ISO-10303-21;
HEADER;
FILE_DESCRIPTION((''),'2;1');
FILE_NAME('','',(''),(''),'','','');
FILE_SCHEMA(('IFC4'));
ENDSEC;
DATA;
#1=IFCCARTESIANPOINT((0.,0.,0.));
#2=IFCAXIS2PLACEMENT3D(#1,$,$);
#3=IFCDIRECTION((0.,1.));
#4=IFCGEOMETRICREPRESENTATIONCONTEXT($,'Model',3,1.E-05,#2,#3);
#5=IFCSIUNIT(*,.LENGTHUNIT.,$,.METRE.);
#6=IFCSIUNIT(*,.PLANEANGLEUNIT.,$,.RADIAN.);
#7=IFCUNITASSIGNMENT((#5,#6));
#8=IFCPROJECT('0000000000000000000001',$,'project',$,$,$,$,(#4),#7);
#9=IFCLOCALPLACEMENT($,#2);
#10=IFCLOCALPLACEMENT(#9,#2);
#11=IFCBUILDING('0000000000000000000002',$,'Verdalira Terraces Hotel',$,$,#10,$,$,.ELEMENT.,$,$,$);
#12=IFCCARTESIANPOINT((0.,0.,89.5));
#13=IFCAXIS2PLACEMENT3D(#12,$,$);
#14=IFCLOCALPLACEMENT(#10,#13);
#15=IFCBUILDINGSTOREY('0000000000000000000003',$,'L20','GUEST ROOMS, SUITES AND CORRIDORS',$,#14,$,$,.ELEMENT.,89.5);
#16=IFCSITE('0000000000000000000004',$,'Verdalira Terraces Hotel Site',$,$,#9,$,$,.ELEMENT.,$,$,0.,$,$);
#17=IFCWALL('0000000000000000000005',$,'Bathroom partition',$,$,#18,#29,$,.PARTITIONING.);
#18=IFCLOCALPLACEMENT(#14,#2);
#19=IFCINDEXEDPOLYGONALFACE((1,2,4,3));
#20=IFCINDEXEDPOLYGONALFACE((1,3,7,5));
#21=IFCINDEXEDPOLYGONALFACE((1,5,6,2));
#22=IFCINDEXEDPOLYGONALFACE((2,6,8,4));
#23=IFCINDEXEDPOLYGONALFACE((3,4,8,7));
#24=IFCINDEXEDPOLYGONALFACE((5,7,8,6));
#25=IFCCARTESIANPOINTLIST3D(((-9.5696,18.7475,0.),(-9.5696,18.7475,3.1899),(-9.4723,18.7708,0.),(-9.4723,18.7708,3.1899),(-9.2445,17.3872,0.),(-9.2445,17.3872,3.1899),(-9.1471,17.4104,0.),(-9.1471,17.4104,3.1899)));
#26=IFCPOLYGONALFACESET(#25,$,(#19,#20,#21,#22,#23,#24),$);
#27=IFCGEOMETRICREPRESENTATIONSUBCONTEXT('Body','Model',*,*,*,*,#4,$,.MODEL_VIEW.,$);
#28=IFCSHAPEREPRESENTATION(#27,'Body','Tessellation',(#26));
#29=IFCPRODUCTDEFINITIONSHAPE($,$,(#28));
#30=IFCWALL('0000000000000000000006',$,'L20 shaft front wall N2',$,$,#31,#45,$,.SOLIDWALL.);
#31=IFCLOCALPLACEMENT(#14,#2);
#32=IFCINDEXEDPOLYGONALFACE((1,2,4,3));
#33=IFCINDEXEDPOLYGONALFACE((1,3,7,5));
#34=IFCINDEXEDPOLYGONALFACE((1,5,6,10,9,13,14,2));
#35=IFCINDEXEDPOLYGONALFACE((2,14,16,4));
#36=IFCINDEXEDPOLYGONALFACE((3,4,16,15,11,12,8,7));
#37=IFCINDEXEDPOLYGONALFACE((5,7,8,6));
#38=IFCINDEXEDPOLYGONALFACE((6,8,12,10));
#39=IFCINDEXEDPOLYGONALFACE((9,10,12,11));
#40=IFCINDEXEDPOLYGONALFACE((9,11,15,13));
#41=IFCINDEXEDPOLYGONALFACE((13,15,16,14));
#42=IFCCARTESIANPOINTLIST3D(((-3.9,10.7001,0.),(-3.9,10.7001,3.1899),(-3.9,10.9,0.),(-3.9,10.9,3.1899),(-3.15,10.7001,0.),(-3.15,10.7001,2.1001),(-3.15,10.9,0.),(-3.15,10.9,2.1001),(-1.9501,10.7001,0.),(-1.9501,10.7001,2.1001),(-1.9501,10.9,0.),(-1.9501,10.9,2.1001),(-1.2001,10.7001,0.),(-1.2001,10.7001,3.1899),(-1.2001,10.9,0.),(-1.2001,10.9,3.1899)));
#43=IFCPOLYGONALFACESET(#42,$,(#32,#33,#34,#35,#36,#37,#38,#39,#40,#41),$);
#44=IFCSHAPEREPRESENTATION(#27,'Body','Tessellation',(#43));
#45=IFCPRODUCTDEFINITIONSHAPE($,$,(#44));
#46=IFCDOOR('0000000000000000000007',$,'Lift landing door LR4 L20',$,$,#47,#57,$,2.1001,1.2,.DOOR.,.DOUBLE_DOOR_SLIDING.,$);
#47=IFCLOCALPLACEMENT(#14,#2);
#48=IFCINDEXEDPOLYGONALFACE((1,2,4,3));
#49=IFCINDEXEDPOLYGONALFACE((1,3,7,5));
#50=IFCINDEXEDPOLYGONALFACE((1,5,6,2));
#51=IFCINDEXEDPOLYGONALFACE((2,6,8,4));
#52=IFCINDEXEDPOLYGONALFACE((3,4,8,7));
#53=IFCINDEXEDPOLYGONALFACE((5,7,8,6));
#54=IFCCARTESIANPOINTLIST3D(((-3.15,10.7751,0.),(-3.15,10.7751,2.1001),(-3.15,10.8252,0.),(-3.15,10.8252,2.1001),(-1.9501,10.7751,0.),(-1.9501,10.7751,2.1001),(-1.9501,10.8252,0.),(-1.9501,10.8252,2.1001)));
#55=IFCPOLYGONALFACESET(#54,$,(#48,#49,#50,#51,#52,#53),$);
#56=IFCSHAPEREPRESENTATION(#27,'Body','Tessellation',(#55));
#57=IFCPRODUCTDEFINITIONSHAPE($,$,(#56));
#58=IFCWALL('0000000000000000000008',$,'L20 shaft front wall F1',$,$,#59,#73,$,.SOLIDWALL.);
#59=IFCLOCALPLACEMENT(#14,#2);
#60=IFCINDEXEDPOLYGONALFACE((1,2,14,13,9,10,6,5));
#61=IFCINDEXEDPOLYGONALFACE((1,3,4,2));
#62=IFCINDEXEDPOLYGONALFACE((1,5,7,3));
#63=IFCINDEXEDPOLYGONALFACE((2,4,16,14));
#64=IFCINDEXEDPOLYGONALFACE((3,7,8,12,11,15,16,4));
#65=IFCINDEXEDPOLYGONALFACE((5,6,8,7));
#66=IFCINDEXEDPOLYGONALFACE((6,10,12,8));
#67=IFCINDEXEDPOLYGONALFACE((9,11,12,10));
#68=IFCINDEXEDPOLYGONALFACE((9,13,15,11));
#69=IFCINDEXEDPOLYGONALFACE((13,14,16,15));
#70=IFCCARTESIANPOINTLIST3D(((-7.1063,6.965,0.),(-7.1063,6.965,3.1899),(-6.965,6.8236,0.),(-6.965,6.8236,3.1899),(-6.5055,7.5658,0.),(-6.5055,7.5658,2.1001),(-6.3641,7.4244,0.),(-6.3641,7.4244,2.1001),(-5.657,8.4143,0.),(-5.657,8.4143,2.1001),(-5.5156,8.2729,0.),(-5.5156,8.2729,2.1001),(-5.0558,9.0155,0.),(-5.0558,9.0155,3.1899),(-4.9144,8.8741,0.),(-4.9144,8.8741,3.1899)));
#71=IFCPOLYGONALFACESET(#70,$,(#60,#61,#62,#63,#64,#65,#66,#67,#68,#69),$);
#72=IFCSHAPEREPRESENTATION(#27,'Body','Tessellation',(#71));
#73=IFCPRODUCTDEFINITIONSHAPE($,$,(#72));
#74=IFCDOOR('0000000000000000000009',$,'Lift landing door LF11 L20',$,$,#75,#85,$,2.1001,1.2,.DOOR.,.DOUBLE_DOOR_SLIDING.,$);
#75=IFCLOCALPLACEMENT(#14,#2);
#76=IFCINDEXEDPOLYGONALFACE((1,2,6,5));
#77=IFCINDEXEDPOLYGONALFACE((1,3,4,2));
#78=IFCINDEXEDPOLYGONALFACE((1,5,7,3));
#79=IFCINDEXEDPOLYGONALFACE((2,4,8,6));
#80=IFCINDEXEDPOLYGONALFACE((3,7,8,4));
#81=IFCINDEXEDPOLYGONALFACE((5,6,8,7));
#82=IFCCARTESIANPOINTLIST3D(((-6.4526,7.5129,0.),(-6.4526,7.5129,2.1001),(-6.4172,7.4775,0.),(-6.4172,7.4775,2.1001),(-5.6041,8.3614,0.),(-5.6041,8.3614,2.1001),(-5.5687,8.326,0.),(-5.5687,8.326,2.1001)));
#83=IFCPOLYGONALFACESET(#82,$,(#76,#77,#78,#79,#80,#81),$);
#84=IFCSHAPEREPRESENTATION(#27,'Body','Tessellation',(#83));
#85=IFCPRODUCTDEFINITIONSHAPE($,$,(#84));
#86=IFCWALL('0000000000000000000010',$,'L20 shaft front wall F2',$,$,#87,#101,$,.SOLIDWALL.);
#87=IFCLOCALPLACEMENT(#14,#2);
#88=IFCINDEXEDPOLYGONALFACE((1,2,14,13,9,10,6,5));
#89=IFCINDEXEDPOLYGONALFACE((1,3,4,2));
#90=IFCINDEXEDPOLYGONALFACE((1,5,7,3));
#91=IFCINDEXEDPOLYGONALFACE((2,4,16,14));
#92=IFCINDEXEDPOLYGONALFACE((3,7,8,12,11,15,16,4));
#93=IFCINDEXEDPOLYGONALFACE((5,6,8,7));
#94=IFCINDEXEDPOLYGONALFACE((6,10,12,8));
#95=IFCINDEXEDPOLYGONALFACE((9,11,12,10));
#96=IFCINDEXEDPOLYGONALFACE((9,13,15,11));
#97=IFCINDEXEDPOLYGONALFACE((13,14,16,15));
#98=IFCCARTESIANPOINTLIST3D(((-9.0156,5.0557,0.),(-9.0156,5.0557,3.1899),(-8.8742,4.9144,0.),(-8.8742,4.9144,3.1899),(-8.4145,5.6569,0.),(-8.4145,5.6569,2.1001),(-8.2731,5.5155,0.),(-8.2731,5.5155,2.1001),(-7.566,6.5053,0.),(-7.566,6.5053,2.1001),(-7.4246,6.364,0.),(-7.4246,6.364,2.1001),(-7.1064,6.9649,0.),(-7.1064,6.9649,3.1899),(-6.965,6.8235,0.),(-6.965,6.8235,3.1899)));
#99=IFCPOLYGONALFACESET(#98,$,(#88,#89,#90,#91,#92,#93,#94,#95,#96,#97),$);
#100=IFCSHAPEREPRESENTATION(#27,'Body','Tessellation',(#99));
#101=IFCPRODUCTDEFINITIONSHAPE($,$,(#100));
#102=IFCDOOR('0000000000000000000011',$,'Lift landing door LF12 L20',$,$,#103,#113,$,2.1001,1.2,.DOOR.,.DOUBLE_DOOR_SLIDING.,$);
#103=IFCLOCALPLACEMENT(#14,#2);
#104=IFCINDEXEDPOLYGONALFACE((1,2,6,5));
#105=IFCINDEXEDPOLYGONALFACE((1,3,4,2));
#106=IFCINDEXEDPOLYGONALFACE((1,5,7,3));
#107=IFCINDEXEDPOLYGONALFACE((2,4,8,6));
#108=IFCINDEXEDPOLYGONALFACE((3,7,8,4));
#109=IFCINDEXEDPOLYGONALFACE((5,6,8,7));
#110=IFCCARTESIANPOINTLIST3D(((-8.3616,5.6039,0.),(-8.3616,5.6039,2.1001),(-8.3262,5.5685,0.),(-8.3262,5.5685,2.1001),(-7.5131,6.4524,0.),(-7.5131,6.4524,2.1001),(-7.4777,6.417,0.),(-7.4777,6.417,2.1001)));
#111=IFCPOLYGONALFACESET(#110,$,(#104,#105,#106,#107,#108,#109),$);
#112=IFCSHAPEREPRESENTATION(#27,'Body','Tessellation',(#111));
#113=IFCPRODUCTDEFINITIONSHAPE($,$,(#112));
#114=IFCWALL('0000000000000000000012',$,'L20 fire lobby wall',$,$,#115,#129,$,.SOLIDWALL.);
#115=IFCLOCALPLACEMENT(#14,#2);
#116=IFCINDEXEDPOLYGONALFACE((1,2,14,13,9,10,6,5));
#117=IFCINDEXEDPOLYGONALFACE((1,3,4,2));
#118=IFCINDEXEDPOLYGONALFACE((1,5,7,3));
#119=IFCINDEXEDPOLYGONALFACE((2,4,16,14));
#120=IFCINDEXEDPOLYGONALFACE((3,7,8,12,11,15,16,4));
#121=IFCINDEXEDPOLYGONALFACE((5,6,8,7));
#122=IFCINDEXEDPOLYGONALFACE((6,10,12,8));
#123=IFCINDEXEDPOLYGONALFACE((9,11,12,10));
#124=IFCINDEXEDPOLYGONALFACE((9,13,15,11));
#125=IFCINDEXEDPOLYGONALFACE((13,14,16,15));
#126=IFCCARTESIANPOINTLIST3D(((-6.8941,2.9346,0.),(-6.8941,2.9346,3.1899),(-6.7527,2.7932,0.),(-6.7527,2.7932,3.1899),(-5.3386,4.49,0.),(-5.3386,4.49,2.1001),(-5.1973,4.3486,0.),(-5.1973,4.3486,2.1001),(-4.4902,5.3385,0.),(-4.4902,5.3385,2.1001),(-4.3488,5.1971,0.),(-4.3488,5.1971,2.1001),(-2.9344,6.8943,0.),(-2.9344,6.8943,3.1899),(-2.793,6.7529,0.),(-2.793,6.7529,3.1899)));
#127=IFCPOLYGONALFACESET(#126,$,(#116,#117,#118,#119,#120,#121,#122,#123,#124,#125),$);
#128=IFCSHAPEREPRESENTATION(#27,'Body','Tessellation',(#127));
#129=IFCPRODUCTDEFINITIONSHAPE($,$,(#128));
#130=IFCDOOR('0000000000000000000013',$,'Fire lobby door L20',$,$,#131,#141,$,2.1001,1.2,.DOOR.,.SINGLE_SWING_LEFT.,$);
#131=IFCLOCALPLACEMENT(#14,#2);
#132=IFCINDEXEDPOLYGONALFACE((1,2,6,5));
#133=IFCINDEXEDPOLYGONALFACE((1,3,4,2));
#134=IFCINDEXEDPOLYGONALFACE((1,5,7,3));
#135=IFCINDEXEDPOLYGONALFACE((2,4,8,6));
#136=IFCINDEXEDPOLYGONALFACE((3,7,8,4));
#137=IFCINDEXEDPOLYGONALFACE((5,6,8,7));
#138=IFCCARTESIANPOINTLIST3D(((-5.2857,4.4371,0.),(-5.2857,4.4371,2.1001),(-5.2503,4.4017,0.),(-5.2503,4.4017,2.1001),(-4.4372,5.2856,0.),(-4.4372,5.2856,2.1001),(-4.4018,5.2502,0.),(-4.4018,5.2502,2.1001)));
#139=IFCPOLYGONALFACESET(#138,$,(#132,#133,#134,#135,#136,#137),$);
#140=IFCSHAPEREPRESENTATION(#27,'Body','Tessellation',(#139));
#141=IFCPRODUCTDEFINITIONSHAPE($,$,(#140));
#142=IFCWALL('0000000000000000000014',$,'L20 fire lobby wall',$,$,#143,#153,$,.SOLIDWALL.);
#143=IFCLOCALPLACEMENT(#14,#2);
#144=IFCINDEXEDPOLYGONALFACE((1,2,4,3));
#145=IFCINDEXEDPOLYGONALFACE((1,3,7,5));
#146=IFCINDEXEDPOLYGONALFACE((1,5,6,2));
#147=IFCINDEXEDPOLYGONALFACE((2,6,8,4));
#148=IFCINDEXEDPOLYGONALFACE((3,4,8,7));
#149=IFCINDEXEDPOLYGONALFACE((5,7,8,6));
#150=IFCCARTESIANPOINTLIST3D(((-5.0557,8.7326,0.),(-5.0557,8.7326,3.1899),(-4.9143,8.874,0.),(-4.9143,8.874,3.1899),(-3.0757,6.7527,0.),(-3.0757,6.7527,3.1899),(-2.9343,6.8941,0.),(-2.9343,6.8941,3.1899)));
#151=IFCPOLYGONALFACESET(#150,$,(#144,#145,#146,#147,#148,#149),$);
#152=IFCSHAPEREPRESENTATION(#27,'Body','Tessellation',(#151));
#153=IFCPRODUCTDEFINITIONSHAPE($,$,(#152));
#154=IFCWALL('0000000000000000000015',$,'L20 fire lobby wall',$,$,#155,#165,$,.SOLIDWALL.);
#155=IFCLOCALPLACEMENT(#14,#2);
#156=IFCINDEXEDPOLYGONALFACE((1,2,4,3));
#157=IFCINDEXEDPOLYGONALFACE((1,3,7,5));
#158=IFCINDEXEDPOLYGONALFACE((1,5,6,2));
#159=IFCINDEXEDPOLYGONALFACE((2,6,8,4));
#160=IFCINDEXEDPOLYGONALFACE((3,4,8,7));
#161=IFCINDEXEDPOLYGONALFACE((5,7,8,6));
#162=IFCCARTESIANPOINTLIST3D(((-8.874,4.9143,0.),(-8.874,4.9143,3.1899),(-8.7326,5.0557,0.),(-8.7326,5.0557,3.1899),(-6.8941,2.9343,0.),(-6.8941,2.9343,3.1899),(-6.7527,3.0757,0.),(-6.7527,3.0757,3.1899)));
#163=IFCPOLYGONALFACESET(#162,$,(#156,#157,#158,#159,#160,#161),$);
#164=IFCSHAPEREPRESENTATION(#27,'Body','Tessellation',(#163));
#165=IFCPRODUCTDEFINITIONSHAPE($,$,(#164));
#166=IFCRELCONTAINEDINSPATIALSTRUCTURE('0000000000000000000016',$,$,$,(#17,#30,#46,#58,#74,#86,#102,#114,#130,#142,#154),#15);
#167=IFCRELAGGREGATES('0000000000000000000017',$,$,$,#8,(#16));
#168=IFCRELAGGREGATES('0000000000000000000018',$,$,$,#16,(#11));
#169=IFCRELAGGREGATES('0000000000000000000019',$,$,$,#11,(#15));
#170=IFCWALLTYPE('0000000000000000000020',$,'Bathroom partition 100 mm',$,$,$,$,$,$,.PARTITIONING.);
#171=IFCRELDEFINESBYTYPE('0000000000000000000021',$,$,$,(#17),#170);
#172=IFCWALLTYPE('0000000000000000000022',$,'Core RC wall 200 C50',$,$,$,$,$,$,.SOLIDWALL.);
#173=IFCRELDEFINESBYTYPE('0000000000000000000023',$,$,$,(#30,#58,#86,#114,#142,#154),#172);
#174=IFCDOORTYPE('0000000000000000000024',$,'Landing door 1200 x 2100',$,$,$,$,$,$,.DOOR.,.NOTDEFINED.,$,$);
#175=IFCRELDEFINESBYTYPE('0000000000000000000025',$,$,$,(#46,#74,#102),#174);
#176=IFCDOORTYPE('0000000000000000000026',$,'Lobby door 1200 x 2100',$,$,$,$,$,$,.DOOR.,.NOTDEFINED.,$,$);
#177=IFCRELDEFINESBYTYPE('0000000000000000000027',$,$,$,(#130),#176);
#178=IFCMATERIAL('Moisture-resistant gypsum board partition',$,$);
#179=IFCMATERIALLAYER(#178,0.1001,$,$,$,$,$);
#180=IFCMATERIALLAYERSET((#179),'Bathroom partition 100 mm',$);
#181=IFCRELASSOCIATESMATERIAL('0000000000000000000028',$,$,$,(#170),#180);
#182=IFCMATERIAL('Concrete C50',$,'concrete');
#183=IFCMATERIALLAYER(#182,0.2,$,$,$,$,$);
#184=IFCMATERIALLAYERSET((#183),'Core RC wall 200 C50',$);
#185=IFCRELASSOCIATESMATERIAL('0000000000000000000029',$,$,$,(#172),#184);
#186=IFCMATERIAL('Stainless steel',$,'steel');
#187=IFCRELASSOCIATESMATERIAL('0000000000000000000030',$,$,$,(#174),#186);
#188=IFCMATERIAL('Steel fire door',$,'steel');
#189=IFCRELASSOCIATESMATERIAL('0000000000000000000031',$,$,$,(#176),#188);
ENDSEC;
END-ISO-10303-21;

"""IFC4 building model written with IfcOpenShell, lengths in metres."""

from ifc_helpers import new_model, si_unit, direction, frame, frame_2d, origin, place, context, subcontext, project, spatial, rectangle, extrude, material, layer, layer_set, type_object, element, fill, save


model = new_model("IFC4")

# Units and contexts
model_context = context("Model", 3, precision=1e-05, world=origin(), true_north=direction((0.0, 1.0)))
body_context = subcontext(model_context, "Body", "Model", "MODEL_VIEW")
ifc_project = project(units=[si_unit("LENGTHUNIT", "METRE"), si_unit("PLANEANGLEUNIT", "RADIAN")], contexts=[model_context])

# Site, building, storey
site_placement = place(None, origin())
site = spatial("IfcSite", under=ifc_project, at=site_placement, Name="Verdalira Terraces Hotel Site", CompositionType="ELEMENT", RefElevation=0.0)
building_placement = place(site_placement, origin())
building = spatial("IfcBuilding", under=site, at=building_placement, Name="Verdalira Terraces Hotel", CompositionType="ELEMENT")
storey_placement = place(building_placement, frame((0.0, 0.0, 89.5)))
storey = spatial("IfcBuildingStorey", under=building, at=storey_placement, Name="L20", Description="GUEST ROOMS, SUITES AND CORRIDORS", CompositionType="ELEMENT", Elevation=89.5)

# Wall
ifc_material_1 = material(Name="Moisture-resistant gypsum board partition")
ifc_layer_1 = layer(ifc_material_1, 0.1001)
ifc_layer_set_1 = layer_set([ifc_layer_1], Name="Bathroom partition 100 mm")
wall_type_1 = type_object("IfcWallType", Name="Bathroom partition 100 mm", PredefinedType="PARTITIONING", material=ifc_layer_set_1)
wall_1_placement = place(storey_placement, frame((-9.1958, 17.3989, 0.0), z_axis=(0.0, 0.0, 1.0), x_axis=(-0.232501, 0.972596, 0.0)))
element("IfcWall", 1, at=wall_1_placement, inside=storey, type_object=wall_type_1, Name="Bathroom partition", PredefinedType="PARTITIONING", context=body_context, shape_type="SweptSolid", body=[
    extrude(rectangle(XDim=1.3987, YDim=0.1001, at=frame_2d((0.6992, 0.0))), origin(), (0.0, 0.0, 1.0), 3.1899),
])

# Walls, openings, doors
ifc_material_2 = material(Name="Concrete C50", Category="concrete")
ifc_layer_2 = layer(ifc_material_2, 0.2)
ifc_layer_set_2 = layer_set([ifc_layer_2], Name="Core RC wall 200 C50")
wall_type_2 = type_object("IfcWallType", Name="Core RC wall 200 C50", PredefinedType="SOLIDWALL", material=ifc_layer_set_2)
wall_2_placement = place(storey_placement, frame((-1.2, 10.8, 0.0), z_axis=(0.0, 0.0, 1.0), x_axis=(-1.0, 0.0, 0.0)))
wall_2 = element("IfcWall", 2, at=wall_2_placement, inside=storey, type_object=wall_type_2, Name="L20 shaft front wall N2", PredefinedType="SOLIDWALL", context=body_context, shape_type="SweptSolid", body=[
    extrude(rectangle(XDim=2.7, YDim=0.2, at=frame_2d((1.3501, 0.0))), origin(), (0.0, 0.0, 1.0), 3.1899),
])
opening_1_placement = place(wall_2_placement, frame((0.75, 0.0, 0.0)))
opening_1 = element("IfcOpeningElement", 3, at=opening_1_placement, cuts=wall_2, PredefinedType="OPENING", context=body_context, shape_type="SweptSolid", body=[
    extrude(rectangle(XDim=1.2, YDim=2.1001, at=frame_2d((0.6001, 1.05))), frame((0.0, 0.1099, 0.0), z_axis=(0.0, -1.0, 0.0), x_axis=(1.0, 0.0, 0.0)), (0.0, 0.0, 1.0), 0.22),
])
ifc_material_3 = material(Name="Stainless steel", Category="steel")
door_type_1 = type_object("IfcDoorType", Name="Landing door 1200 x 2100", OperationType="NOTDEFINED", PredefinedType="DOOR", material=ifc_material_3)
door_1_placement = place(opening_1_placement, origin())
door_1 = element("IfcDoor", 4, at=door_1_placement, inside=storey, type_object=door_type_1, Name="Lift landing door LR4 L20", OperationType="DOUBLE_DOOR_SLIDING", OverallHeight=2.1001, OverallWidth=1.2, PredefinedType="DOOR", context=body_context, shape_type="SweptSolid", body=[
    extrude(rectangle(XDim=1.2, YDim=2.1001, at=frame_2d((0.6001, 1.05))), frame((0.0, 0.0249, 0.0), z_axis=(0.0, -1.0, 0.0), x_axis=(1.0, 0.0, 0.0)), (0.0, 0.0, 1.0), 0.05),
])
fill(opening_1, door_1)
wall_3_placement = place(storey_placement, frame((-4.9851, 8.9448, 0.0), z_axis=(0.0, 0.0, 1.0), x_axis=(-0.707107, -0.707107, 0.0)))
wall_3 = element("IfcWall", 5, at=wall_3_placement, inside=storey, type_object=wall_type_2, Name="L20 shaft front wall F1", PredefinedType="SOLIDWALL", context=body_context, shape_type="SweptSolid", body=[
    extrude(rectangle(XDim=2.8999, YDim=0.2, at=frame_2d((1.45, 0.0))), origin(), (0.0, 0.0, 1.0), 3.1899),
])
opening_2_placement = place(wall_3_placement, frame((0.8501, 0.0, 0.0)))
opening_2 = element("IfcOpeningElement", 6, at=opening_2_placement, cuts=wall_3, PredefinedType="OPENING", context=body_context, shape_type="SweptSolid", body=[
    extrude(rectangle(XDim=1.2, YDim=2.1001, at=frame_2d((0.6001, 1.05))), frame((0.0, 0.1099, 0.0), z_axis=(0.0, -1.0, 0.0), x_axis=(1.0, 0.0, 0.0)), (0.0, 0.0, 1.0), 0.22),
])
door_2_placement = place(opening_2_placement, origin())
door_2 = element("IfcDoor", 7, at=door_2_placement, inside=storey, type_object=door_type_1, Name="Lift landing door LF11 L20", OperationType="DOUBLE_DOOR_SLIDING", OverallHeight=2.1001, OverallWidth=1.2, PredefinedType="DOOR", context=body_context, shape_type="SweptSolid", body=[
    extrude(rectangle(XDim=1.2, YDim=2.1001, at=frame_2d((0.6001, 1.05))), frame((0.0, 0.0249, 0.0), z_axis=(0.0, -1.0, 0.0), x_axis=(1.0, 0.0, 0.0)), (0.0, 0.0, 1.0), 0.05),
])
fill(opening_2, door_2)
wall_4_placement = place(storey_placement, frame((-7.0356, 6.8943, 0.0), z_axis=(0.0, 0.0, 1.0), x_axis=(-0.707107, -0.707107, 0.0)))
wall_4 = element("IfcWall", 8, at=wall_4_placement, inside=storey, type_object=wall_type_2, Name="L20 shaft front wall F2", PredefinedType="SOLIDWALL", context=body_context, shape_type="SweptSolid", body=[
    extrude(rectangle(XDim=2.7, YDim=0.2, at=frame_2d((1.3501, 0.0))), origin(), (0.0, 0.0, 1.0), 3.1899),
])
opening_3_placement = place(wall_4_placement, frame((0.6499, 0.0, 0.0)))
opening_3 = element("IfcOpeningElement", 9, at=opening_3_placement, cuts=wall_4, PredefinedType="OPENING", context=body_context, shape_type="SweptSolid", body=[
    extrude(rectangle(XDim=1.2, YDim=2.1001, at=frame_2d((0.6001, 1.05))), frame((0.0, 0.1099, 0.0), z_axis=(0.0, -1.0, 0.0), x_axis=(1.0, 0.0, 0.0)), (0.0, 0.0, 1.0), 0.22),
])
door_3_placement = place(opening_3_placement, origin())
door_3 = element("IfcDoor", 10, at=door_3_placement, inside=storey, type_object=door_type_1, Name="Lift landing door LF12 L20", OperationType="DOUBLE_DOOR_SLIDING", OverallHeight=2.1001, OverallWidth=1.2, PredefinedType="DOOR", context=body_context, shape_type="SweptSolid", body=[
    extrude(rectangle(XDim=1.2, YDim=2.1001, at=frame_2d((0.6001, 1.05))), frame((0.0, 0.0249, 0.0), z_axis=(0.0, -1.0, 0.0), x_axis=(1.0, 0.0, 0.0)), (0.0, 0.0, 1.0), 0.05),
])
fill(opening_3, door_3)
wall_5_placement = place(storey_placement, frame((-2.8638, 6.8235, 0.0), z_axis=(0.0, 0.0, 1.0), x_axis=(-0.707107, -0.707107, 0.0)))
wall_5 = element("IfcWall", 11, at=wall_5_placement, inside=storey, type_object=wall_type_2, Name="L20 fire lobby wall", PredefinedType="SOLIDWALL", context=body_context, shape_type="SweptSolid", body=[
    extrude(rectangle(XDim=5.5999, YDim=0.2, at=frame_2d((2.7998, 0.0))), origin(), (0.0, 0.0, 1.0), 3.1899),
])
opening_4_placement = place(wall_5_placement, frame((2.2, 0.0, 0.0)))
opening_4 = element("IfcOpeningElement", 12, at=opening_4_placement, cuts=wall_5, PredefinedType="OPENING", context=body_context, shape_type="SweptSolid", body=[
    extrude(rectangle(XDim=1.2, YDim=2.1001, at=frame_2d((0.6001, 1.05))), frame((0.0, 0.1099, 0.0), z_axis=(0.0, -1.0, 0.0), x_axis=(1.0, 0.0, 0.0)), (0.0, 0.0, 1.0), 0.22),
])
ifc_material_4 = material(Name="Steel fire door", Category="steel")
door_type_2 = type_object("IfcDoorType", Name="Lobby door 1200 x 2100", OperationType="NOTDEFINED", PredefinedType="DOOR", material=ifc_material_4)
door_4_placement = place(opening_4_placement, origin())
door_4 = element("IfcDoor", 13, at=door_4_placement, inside=storey, type_object=door_type_2, Name="Fire lobby door L20", OperationType="SINGLE_SWING_LEFT", OverallHeight=2.1001, OverallWidth=1.2, PredefinedType="DOOR", context=body_context, shape_type="SweptSolid", body=[
    extrude(rectangle(XDim=1.2, YDim=2.1001, at=frame_2d((0.6001, 1.05))), frame((0.0, 0.0249, 0.0), z_axis=(0.0, -1.0, 0.0), x_axis=(1.0, 0.0, 0.0)), (0.0, 0.0, 1.0), 0.05),
])
fill(opening_4, door_4)

# Walls
for number, where, z_axis, x_axis, name in (
    (14, (-3.0051, 6.8235, 0.0), (0.0, 0.0, 1.0), (-0.707107, 0.707107, 0.0), "L20 fire lobby wall"),
    (15, (-6.8235, 3.0051, 0.0), (0.0, 0.0, 1.0), (-0.707107, 0.707107, 0.0), "L20 fire lobby wall"),
):
    element("IfcWall", number, at=place(storey_placement, frame(where, z_axis=z_axis, x_axis=x_axis)), inside=storey, type_object=wall_type_2, Name=name, PredefinedType="SOLIDWALL", context=body_context, shape_type="SweptSolid", body=[
        extrude(rectangle(XDim=2.8, YDim=0.2, at=frame_2d((1.3999, 0.0))), origin(), (0.0, 0.0, 1.0), 3.1899),
    ])

save(model, "model.ifc")
